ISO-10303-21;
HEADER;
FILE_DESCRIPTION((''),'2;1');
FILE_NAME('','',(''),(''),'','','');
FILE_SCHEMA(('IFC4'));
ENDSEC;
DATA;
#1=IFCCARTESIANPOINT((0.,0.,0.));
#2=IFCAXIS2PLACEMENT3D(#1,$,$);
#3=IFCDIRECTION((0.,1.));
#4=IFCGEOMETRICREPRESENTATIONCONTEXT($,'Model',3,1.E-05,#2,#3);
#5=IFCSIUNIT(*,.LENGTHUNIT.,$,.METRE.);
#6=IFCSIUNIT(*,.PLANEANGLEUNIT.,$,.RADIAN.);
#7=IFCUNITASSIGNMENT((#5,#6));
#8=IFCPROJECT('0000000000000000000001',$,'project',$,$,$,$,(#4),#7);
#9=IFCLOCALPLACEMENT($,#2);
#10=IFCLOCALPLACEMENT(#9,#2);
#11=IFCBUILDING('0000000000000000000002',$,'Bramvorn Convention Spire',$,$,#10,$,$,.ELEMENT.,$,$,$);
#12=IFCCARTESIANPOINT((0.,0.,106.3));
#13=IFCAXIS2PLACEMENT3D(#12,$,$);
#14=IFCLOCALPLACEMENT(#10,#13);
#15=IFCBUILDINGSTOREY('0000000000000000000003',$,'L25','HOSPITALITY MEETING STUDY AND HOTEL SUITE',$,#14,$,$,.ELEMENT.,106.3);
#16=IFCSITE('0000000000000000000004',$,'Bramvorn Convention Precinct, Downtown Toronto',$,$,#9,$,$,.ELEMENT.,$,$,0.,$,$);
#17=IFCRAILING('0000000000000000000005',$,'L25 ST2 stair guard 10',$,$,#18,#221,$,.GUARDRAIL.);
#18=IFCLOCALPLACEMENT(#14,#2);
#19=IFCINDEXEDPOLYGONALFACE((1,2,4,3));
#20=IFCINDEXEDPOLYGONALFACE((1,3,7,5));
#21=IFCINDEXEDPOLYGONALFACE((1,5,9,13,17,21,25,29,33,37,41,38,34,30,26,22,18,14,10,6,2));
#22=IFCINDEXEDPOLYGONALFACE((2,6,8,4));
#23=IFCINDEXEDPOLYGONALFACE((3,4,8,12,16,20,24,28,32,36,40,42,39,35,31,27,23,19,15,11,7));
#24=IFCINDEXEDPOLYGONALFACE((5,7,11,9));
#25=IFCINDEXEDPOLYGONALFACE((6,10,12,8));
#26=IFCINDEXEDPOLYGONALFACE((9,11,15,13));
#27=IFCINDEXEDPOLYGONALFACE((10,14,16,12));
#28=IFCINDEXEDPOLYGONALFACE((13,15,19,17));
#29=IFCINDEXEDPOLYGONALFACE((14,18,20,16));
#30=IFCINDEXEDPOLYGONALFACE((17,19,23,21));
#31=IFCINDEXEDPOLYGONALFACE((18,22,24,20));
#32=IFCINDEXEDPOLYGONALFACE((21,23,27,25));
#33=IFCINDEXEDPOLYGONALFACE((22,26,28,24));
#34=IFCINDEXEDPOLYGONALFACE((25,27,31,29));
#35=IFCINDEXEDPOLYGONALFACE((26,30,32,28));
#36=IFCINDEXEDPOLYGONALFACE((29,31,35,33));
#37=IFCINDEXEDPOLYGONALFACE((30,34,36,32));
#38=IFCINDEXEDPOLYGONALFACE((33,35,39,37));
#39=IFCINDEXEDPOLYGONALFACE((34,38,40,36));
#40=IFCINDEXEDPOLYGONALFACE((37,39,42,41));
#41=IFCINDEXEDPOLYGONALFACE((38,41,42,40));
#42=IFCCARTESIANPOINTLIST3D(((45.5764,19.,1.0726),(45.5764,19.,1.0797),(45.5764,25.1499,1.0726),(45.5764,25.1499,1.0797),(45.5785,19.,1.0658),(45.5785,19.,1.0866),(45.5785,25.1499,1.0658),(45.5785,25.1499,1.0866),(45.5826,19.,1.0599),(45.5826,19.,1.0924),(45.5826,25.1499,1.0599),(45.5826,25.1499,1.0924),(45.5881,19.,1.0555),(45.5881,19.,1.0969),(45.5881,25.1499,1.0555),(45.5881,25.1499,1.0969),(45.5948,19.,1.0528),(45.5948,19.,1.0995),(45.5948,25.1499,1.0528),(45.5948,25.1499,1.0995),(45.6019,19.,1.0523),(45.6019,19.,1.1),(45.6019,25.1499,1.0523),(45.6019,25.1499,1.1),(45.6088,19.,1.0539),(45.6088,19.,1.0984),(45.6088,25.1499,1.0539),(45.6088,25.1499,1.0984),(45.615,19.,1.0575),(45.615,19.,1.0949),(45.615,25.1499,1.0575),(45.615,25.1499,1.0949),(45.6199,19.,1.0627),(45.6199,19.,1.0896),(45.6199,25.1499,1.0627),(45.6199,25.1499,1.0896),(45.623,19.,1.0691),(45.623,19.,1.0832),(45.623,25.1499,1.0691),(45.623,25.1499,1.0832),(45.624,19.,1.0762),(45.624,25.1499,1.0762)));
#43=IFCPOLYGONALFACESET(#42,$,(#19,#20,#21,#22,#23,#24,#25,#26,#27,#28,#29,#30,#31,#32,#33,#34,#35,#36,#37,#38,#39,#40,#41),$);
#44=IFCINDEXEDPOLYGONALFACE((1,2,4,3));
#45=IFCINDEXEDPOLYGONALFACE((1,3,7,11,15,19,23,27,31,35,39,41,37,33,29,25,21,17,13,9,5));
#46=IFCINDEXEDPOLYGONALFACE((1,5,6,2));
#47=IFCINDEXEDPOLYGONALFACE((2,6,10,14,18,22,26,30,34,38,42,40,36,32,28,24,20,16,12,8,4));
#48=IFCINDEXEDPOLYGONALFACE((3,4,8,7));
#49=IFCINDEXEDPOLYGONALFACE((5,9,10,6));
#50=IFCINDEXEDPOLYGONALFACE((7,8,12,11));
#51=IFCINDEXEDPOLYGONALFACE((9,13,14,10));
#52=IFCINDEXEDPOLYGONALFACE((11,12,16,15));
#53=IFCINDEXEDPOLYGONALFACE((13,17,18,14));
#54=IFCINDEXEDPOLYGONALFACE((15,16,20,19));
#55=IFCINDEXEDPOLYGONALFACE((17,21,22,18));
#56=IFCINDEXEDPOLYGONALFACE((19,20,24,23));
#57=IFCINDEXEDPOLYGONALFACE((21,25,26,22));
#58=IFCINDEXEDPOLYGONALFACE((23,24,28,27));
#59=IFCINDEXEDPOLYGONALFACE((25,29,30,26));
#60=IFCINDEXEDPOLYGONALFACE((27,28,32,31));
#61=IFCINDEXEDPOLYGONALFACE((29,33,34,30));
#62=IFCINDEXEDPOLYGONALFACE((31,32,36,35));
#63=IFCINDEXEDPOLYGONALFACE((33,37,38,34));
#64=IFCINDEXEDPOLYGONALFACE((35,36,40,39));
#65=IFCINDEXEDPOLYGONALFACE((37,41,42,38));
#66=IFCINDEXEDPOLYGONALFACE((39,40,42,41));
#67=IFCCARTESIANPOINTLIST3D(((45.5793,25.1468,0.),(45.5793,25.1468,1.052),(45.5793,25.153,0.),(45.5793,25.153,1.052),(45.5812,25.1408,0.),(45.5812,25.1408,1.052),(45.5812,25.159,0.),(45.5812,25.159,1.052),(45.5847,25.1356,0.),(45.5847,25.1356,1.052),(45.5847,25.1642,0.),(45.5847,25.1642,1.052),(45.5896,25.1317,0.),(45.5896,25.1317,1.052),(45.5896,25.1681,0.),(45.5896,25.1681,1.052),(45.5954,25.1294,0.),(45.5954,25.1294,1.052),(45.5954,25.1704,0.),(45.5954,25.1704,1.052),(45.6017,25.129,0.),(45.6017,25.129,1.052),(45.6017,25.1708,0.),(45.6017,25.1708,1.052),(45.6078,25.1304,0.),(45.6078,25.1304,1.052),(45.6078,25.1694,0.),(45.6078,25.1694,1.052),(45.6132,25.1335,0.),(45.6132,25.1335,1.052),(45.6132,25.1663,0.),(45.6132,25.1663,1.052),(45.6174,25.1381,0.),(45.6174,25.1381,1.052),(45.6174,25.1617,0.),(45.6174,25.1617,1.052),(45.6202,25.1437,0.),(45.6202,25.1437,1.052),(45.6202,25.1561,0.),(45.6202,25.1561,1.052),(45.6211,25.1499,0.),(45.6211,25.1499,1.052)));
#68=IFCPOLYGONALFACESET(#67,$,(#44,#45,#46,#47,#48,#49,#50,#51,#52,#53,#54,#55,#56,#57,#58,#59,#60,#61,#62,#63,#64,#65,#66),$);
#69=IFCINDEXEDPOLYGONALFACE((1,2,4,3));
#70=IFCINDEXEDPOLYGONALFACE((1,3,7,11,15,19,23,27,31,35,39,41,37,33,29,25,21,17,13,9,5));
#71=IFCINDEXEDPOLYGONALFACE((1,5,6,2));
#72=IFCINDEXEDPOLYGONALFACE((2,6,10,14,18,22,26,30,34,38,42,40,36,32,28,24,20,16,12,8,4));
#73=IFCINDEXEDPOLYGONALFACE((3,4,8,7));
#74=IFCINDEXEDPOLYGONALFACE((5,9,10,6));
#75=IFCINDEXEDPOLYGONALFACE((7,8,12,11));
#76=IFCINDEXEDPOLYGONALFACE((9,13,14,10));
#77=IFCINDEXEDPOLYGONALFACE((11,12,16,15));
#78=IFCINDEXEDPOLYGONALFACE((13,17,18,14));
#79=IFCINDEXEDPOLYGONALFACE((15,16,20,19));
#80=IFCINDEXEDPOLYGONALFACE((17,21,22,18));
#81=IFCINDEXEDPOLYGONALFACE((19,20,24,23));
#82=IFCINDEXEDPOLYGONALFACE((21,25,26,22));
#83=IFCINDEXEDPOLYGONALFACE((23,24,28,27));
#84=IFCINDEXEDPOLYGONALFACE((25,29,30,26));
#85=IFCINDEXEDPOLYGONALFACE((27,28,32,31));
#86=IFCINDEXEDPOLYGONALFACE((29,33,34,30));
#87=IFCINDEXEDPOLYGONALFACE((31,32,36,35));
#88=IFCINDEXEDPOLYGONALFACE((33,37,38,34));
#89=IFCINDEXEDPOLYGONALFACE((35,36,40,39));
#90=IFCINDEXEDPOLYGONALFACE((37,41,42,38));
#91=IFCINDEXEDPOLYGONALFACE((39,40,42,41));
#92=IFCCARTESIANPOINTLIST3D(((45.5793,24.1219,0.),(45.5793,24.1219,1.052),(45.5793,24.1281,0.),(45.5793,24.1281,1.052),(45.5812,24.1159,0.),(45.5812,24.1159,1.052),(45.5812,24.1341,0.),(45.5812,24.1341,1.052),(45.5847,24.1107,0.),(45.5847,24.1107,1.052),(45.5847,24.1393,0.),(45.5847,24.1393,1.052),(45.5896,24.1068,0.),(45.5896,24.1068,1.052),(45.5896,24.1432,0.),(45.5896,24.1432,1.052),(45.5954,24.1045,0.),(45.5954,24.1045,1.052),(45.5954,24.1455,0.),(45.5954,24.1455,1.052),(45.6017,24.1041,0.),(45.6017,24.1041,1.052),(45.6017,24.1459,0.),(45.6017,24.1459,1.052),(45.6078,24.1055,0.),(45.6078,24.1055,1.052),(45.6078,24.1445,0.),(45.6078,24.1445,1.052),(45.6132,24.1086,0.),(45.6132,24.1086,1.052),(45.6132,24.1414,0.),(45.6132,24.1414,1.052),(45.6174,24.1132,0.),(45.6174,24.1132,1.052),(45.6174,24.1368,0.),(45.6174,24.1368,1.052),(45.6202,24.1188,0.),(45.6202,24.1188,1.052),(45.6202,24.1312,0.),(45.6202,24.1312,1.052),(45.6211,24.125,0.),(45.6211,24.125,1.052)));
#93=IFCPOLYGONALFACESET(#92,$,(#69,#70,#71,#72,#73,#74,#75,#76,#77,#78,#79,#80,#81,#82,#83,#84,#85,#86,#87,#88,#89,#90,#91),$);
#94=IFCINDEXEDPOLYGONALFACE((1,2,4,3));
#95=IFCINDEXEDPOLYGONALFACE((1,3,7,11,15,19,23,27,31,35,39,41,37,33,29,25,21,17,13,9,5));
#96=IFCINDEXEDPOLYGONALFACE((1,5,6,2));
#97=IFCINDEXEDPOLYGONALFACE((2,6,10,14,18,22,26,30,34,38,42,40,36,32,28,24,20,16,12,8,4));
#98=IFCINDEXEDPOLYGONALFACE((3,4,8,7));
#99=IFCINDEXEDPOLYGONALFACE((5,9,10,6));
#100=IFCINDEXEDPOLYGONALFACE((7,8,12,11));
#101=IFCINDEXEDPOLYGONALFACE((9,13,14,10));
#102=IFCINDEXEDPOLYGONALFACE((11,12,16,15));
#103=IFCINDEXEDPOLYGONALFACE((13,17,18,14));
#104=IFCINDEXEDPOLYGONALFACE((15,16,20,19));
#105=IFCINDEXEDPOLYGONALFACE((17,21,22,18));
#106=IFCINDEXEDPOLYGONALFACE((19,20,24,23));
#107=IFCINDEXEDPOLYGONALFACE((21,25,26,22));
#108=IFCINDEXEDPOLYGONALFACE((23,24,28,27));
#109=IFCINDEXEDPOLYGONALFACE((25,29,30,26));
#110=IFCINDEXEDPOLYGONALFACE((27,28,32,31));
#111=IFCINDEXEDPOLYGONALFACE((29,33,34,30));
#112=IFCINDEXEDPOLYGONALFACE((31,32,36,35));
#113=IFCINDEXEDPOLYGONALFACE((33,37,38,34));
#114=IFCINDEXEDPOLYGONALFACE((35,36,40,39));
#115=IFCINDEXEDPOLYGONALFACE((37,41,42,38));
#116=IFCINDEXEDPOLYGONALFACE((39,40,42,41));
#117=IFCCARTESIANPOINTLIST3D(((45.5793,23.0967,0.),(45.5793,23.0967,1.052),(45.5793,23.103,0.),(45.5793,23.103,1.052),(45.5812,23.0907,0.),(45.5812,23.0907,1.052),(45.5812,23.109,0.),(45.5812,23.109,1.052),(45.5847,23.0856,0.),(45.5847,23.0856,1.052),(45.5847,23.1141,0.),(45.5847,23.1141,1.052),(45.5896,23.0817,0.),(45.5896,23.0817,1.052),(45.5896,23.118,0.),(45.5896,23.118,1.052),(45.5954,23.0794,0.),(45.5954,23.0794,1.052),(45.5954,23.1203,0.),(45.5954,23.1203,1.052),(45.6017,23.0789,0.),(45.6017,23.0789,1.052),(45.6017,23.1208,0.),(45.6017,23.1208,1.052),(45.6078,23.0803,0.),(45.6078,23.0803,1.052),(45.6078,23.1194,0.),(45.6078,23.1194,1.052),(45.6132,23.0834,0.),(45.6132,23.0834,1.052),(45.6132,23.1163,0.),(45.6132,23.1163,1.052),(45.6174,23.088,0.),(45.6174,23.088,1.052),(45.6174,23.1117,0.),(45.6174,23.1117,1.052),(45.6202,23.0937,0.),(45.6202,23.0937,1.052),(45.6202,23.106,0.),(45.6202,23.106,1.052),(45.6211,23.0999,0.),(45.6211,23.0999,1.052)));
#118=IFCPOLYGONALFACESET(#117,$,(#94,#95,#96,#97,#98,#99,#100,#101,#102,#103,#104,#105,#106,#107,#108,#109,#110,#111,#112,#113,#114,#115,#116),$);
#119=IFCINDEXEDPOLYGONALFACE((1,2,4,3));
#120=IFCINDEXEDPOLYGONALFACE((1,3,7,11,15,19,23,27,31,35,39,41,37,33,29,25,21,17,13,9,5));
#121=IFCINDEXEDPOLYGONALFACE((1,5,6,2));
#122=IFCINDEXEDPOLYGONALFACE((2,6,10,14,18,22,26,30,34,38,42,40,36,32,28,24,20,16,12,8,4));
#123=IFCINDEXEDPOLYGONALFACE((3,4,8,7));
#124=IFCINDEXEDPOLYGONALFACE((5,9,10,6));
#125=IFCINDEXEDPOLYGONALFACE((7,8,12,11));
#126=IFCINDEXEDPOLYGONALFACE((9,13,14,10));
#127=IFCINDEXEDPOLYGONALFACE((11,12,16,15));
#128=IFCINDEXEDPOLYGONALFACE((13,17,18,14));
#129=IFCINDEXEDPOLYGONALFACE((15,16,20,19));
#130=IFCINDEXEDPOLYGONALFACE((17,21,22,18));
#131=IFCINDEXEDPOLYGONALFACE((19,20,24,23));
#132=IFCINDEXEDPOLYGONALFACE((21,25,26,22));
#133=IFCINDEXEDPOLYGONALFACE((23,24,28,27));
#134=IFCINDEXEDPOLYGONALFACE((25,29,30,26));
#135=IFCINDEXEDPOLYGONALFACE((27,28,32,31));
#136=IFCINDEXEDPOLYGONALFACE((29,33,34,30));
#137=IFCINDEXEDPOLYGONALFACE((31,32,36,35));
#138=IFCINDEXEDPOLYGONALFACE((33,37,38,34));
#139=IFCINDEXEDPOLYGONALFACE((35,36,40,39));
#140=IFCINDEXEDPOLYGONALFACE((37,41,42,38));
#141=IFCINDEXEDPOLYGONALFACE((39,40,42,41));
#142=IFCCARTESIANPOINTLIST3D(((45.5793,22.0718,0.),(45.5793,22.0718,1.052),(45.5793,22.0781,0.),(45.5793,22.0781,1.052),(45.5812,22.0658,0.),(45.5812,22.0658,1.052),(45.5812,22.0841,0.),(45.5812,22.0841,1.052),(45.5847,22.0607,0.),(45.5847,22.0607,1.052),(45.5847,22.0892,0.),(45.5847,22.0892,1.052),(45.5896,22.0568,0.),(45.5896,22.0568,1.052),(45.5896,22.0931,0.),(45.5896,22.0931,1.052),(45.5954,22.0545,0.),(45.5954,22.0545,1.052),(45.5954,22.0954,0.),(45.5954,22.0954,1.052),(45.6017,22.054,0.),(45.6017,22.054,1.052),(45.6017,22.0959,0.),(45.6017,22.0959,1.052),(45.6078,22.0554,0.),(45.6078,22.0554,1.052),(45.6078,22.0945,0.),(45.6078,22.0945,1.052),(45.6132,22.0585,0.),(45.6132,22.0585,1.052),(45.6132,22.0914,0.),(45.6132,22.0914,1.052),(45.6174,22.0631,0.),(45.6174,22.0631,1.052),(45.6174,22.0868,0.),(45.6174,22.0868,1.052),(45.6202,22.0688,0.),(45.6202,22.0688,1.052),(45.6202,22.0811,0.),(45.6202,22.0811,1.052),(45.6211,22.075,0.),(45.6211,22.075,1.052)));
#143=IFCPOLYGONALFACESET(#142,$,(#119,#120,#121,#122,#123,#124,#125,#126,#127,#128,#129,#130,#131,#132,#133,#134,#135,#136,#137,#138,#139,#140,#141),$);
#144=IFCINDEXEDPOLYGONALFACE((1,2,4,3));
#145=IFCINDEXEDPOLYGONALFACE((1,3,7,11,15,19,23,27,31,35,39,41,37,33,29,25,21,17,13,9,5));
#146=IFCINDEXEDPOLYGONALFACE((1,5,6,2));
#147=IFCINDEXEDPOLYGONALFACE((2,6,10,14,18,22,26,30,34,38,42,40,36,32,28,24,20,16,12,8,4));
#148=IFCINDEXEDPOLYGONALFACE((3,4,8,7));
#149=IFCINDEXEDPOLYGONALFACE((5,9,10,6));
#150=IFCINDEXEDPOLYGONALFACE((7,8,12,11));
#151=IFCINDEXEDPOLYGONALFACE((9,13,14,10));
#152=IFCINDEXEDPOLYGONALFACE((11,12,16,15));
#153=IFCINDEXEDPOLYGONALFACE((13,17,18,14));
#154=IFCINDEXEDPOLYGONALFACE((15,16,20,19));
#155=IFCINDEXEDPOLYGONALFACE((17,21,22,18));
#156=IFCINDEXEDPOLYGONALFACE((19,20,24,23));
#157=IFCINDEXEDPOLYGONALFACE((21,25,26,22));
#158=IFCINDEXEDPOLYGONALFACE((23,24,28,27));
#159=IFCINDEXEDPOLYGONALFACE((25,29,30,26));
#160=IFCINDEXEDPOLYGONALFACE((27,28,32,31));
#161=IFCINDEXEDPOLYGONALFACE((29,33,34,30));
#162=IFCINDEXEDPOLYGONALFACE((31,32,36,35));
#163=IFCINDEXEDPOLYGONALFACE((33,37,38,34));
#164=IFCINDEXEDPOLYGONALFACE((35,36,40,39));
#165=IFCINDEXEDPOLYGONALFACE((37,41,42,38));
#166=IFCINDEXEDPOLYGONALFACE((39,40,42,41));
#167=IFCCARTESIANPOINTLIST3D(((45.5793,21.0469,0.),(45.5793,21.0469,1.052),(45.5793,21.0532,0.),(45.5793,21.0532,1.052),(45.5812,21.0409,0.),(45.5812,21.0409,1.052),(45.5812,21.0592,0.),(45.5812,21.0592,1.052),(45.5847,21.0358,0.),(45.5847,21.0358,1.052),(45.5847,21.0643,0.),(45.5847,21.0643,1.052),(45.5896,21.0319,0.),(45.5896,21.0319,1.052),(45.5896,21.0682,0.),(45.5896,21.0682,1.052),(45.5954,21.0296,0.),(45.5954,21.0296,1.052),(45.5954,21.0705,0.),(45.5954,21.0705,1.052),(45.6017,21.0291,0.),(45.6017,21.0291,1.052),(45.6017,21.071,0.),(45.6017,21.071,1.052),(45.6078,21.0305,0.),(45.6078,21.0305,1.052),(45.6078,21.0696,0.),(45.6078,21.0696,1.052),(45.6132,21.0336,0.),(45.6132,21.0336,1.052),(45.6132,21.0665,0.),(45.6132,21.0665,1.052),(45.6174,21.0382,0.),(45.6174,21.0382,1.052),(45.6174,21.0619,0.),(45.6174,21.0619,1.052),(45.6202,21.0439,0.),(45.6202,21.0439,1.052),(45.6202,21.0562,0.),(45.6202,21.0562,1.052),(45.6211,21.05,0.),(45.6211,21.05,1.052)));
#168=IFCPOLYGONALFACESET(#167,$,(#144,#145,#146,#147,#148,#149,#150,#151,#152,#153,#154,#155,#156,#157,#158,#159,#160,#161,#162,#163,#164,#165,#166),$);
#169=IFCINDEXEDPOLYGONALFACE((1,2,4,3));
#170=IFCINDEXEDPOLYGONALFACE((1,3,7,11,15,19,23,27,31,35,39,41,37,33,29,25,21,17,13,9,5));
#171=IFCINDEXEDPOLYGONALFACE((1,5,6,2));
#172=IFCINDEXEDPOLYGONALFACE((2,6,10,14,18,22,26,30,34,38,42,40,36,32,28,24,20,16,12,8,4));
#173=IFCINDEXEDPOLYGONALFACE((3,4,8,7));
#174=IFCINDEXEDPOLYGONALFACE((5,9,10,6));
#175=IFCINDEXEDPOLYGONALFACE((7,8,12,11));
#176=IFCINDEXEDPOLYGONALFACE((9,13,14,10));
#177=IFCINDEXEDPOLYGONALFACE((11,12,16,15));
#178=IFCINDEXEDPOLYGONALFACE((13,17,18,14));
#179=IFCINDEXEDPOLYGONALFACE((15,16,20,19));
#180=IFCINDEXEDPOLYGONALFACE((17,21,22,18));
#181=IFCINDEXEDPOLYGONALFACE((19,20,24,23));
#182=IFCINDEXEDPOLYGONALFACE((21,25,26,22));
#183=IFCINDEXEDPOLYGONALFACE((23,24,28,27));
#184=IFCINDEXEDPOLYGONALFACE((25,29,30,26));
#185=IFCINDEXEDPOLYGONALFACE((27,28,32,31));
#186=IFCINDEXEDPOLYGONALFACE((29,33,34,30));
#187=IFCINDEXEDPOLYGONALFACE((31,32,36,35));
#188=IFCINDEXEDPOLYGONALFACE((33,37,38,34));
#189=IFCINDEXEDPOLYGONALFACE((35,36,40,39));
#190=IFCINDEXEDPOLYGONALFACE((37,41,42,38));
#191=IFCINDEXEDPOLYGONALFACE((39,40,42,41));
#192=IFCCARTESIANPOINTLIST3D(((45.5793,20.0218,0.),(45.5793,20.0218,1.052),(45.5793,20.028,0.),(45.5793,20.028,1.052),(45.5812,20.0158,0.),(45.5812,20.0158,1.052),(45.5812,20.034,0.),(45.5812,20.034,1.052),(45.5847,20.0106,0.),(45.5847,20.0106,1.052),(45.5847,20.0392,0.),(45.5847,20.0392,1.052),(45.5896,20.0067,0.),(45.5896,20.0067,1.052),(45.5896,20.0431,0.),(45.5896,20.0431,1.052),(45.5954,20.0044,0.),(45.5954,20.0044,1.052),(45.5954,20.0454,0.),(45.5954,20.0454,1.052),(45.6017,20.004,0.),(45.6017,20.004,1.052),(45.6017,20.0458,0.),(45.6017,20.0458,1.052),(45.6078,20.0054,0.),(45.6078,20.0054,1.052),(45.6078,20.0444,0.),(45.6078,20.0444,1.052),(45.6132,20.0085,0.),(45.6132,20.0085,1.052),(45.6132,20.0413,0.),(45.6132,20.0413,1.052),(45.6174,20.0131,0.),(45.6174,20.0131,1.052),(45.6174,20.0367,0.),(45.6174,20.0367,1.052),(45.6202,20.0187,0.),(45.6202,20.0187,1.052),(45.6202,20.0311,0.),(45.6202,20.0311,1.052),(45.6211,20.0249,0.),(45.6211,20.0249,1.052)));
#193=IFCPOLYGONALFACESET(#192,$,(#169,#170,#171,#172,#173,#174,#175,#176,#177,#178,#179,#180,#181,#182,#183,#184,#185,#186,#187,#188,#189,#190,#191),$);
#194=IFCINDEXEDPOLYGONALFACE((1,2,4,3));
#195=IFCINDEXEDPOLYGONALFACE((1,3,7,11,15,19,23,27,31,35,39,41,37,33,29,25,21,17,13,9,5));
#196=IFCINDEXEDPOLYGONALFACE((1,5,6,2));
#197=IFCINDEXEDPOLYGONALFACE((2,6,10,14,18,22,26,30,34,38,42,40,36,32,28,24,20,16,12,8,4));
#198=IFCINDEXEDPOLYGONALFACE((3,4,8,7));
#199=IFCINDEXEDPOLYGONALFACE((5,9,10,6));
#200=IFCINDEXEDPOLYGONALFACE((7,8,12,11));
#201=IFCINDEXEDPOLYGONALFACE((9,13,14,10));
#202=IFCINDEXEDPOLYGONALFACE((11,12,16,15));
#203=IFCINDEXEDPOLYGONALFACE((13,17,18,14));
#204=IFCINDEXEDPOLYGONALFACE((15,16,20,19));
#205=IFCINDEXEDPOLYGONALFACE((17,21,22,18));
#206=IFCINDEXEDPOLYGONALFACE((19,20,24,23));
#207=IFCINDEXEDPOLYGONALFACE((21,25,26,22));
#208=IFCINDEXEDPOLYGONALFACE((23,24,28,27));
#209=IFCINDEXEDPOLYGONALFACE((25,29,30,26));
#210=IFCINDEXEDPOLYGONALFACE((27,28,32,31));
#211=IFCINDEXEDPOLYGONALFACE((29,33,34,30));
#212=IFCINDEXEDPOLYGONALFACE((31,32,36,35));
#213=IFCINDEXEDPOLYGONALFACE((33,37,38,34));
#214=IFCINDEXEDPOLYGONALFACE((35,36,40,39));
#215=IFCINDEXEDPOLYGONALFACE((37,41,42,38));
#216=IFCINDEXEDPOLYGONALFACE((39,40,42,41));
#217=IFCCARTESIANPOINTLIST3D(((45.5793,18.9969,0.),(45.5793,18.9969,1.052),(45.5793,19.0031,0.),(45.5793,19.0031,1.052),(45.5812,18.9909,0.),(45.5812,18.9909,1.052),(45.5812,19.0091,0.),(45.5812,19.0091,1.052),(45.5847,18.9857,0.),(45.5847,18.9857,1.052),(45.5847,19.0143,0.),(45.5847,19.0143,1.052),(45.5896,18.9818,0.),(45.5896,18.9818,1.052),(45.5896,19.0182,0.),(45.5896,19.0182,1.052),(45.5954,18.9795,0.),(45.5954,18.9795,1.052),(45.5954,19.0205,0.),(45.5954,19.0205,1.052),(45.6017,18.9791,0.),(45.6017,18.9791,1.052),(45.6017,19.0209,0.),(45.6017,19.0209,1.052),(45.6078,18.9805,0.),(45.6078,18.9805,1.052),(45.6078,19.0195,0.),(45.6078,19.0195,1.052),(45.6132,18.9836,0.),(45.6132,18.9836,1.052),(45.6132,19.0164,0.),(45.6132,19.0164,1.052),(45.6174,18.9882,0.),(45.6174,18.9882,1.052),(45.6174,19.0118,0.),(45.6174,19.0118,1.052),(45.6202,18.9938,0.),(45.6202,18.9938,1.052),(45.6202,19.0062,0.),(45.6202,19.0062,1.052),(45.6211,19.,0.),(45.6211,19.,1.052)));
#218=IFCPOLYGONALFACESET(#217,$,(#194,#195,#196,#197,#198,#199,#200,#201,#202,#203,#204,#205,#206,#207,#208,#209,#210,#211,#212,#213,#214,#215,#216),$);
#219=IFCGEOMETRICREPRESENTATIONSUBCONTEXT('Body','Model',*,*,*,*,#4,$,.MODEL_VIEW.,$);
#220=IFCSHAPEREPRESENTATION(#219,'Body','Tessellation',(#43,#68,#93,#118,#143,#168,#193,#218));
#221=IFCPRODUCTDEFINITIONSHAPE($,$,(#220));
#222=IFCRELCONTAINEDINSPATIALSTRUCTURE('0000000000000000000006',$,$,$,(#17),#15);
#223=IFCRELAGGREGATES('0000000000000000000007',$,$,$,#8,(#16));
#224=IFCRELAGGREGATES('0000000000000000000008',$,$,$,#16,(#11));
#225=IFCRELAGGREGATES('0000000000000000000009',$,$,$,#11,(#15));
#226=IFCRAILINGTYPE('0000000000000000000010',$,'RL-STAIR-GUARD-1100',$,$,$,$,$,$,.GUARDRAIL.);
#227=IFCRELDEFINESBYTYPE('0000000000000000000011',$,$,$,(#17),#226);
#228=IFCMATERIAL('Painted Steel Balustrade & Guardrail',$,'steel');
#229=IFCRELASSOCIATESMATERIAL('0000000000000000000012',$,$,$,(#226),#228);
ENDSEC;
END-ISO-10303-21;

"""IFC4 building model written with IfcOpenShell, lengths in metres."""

from ifc_helpers import new_model, si_unit, direction, frame, origin, origin_2d, place, context, subcontext, project, spatial, circle, extrude, material, type_object, element, save


model = new_model("IFC4")

# Units and contexts
model_context = context("Model", 3, precision=1e-05, world=origin(), true_north=direction((0.0, 1.0)))
body_context = subcontext(model_context, "Body", "Model", "MODEL_VIEW")
ifc_project = project(units=[si_unit("LENGTHUNIT", "METRE"), si_unit("PLANEANGLEUNIT", "RADIAN")], contexts=[model_context])

# Site, building, storey
site_placement = place(None, origin())
site = spatial("IfcSite", under=ifc_project, at=site_placement, Name="Bramvorn Convention Precinct, Downtown Toronto", CompositionType="ELEMENT", RefElevation=0.0)
building_placement = place(site_placement, origin())
building = spatial("IfcBuilding", under=site, at=building_placement, Name="Bramvorn Convention Spire", CompositionType="ELEMENT")
storey_placement = place(building_placement, frame((0.0, 0.0, 106.3)))
storey = spatial("IfcBuildingStorey", under=building, at=storey_placement, Name="L25", Description="HOSPITALITY MEETING STUDY AND HOTEL SUITE", CompositionType="ELEMENT", Elevation=106.3)

# Railing
ifc_material_1 = material(Name="Painted Steel Balustrade & Guardrail", Category="steel")
railing_type_1 = type_object("IfcRailingType", Name="RL-STAIR-GUARD-1100", PredefinedType="GUARDRAIL", material=ifc_material_1)
railing_1_placement = place(storey_placement, frame((45.6001, 25.1499, 0.0)))
element("IfcRailing", 1, at=railing_1_placement, inside=storey, type_object=railing_type_1, Name="L25 ST2 stair guard 10", PredefinedType="GUARDRAIL", context=body_context, shape_type="SweptSolid", body=[
    extrude(circle(Radius=0.0239, at=origin_2d()), frame((0.0, 0.0, 1.0762), z_axis=(0.0, -1.0, 0.0), x_axis=(1.0, 0.0, 0.0)), (0.0, 0.0, 1.0), 6.1499),
    extrude(circle(Radius=0.021, at=origin_2d()), origin(), (0.0, 0.0, 1.0), 1.052),
    extrude(circle(Radius=0.021, at=origin_2d()), frame((0.0, -1.0249, 0.0)), (0.0, 0.0, 1.0), 1.052),
    extrude(circle(Radius=0.021, at=origin_2d()), frame((0.0, -2.05, 0.0)), (0.0, 0.0, 1.0), 1.052),
    extrude(circle(Radius=0.021, at=origin_2d()), frame((0.0, -3.075, 0.0)), (0.0, 0.0, 1.0), 1.052),
    extrude(circle(Radius=0.021, at=origin_2d()), frame((0.0, -4.0999, 0.0)), (0.0, 0.0, 1.0), 1.052),
    extrude(circle(Radius=0.021, at=origin_2d()), frame((0.0, -5.125, 0.0)), (0.0, 0.0, 1.0), 1.052),
    extrude(circle(Radius=0.021, at=origin_2d()), frame((0.0, -6.1499, 0.0)), (0.0, 0.0, 1.0), 1.052),
])

save(model, "model.ifc")
